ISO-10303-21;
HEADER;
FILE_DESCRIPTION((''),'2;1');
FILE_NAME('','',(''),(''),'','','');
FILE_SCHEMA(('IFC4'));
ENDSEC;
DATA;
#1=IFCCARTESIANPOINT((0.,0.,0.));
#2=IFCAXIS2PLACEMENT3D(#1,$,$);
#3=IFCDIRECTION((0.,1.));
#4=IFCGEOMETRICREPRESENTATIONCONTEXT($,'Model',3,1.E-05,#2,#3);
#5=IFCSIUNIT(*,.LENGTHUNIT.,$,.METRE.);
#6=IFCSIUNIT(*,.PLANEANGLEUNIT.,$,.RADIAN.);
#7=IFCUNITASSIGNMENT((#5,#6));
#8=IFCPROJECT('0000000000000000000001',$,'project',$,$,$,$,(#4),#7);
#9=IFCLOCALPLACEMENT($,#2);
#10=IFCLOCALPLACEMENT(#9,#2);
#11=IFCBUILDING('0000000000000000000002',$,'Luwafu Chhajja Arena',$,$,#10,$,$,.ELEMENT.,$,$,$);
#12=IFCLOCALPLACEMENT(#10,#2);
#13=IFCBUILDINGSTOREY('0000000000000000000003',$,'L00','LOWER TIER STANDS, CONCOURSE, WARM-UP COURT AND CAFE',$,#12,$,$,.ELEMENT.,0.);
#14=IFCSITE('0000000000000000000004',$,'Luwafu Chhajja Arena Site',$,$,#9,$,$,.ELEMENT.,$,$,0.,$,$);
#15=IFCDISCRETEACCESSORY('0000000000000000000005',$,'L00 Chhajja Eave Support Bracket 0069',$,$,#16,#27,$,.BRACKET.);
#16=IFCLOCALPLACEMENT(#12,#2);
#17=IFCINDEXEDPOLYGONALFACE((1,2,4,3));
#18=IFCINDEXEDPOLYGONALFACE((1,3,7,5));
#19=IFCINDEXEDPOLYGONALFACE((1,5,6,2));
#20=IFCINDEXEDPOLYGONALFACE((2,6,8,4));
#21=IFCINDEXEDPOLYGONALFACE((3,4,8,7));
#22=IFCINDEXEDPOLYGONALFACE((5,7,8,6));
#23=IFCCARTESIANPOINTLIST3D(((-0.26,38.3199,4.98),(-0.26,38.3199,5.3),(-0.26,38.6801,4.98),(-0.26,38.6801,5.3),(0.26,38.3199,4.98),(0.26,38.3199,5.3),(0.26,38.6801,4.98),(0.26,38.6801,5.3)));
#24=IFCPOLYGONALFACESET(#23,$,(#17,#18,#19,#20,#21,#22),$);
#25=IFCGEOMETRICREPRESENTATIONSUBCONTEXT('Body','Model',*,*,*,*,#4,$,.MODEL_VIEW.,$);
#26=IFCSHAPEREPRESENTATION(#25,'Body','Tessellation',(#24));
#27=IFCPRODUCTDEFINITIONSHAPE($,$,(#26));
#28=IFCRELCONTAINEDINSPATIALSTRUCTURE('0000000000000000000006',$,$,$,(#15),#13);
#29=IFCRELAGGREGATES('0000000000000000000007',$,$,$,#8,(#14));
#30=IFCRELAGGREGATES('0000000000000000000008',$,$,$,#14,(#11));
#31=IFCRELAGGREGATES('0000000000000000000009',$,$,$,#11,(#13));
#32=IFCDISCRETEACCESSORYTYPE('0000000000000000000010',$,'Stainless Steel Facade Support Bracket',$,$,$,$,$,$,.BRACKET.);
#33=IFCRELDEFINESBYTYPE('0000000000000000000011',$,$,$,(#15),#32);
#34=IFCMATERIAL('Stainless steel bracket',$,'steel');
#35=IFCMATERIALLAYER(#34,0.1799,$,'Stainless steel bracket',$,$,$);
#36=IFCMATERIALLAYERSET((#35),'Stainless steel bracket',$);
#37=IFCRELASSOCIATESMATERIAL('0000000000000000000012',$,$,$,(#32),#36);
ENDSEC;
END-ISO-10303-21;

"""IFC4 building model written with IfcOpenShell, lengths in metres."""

from ifc_helpers import new_model, si_unit, direction, frame, origin, origin_2d, place, context, subcontext, project, spatial, rectangle, extrude, material, layer, layer_set, type_object, element, save


model = new_model("IFC4")

# Units and contexts
model_context = context("Model", 3, precision=1e-05, world=origin(), true_north=direction((0.0, 1.0)))
body_context = subcontext(model_context, "Body", "Model", "MODEL_VIEW")
ifc_project = project(units=[si_unit("LENGTHUNIT", "METRE"), si_unit("PLANEANGLEUNIT", "RADIAN")], contexts=[model_context])

# Site, building, storey
site_placement = place(None, origin())
site = spatial("IfcSite", under=ifc_project, at=site_placement, Name="Luwafu Chhajja Arena Site", CompositionType="ELEMENT", RefElevation=0.0)
building_placement = place(site_placement, origin())
building = spatial("IfcBuilding", under=site, at=building_placement, Name="Luwafu Chhajja Arena", CompositionType="ELEMENT")
storey_placement = place(building_placement, origin())
storey = spatial("IfcBuildingStorey", under=building, at=storey_placement, Name="L00", Description="LOWER TIER STANDS, CONCOURSE, WARM-UP COURT AND CAFE", CompositionType="ELEMENT", Elevation=0.0)

# Discrete accessory
ifc_material_1 = material(Name="Stainless steel bracket", Category="steel")
ifc_layer_1 = layer(ifc_material_1, 0.1799, Name="Stainless steel bracket")
ifc_layer_set_1 = layer_set([ifc_layer_1], Name="Stainless steel bracket")
discrete_accessory_type = type_object("IfcDiscreteAccessoryType", Name="Stainless Steel Facade Support Bracket", PredefinedType="BRACKET", material=ifc_layer_set_1)
discrete_accessory_placement = place(storey_placement, frame((0.0, 38.5, 4.98), z_axis=(0.0, 0.0, 1.0), x_axis=(0.0, 1.0, 0.0)))
element("IfcDiscreteAccessory", 1, at=discrete_accessory_placement, inside=storey, type_object=discrete_accessory_type, Name="L00 Chhajja Eave Support Bracket 0069", PredefinedType="BRACKET", context=body_context, shape_type="SweptSolid", body=[
    extrude(rectangle(XDim=0.3601, YDim=0.52, at=origin_2d()), origin(), (0.0, 0.0, 1.0), 0.3201),
])

save(model, "model.ifc")
